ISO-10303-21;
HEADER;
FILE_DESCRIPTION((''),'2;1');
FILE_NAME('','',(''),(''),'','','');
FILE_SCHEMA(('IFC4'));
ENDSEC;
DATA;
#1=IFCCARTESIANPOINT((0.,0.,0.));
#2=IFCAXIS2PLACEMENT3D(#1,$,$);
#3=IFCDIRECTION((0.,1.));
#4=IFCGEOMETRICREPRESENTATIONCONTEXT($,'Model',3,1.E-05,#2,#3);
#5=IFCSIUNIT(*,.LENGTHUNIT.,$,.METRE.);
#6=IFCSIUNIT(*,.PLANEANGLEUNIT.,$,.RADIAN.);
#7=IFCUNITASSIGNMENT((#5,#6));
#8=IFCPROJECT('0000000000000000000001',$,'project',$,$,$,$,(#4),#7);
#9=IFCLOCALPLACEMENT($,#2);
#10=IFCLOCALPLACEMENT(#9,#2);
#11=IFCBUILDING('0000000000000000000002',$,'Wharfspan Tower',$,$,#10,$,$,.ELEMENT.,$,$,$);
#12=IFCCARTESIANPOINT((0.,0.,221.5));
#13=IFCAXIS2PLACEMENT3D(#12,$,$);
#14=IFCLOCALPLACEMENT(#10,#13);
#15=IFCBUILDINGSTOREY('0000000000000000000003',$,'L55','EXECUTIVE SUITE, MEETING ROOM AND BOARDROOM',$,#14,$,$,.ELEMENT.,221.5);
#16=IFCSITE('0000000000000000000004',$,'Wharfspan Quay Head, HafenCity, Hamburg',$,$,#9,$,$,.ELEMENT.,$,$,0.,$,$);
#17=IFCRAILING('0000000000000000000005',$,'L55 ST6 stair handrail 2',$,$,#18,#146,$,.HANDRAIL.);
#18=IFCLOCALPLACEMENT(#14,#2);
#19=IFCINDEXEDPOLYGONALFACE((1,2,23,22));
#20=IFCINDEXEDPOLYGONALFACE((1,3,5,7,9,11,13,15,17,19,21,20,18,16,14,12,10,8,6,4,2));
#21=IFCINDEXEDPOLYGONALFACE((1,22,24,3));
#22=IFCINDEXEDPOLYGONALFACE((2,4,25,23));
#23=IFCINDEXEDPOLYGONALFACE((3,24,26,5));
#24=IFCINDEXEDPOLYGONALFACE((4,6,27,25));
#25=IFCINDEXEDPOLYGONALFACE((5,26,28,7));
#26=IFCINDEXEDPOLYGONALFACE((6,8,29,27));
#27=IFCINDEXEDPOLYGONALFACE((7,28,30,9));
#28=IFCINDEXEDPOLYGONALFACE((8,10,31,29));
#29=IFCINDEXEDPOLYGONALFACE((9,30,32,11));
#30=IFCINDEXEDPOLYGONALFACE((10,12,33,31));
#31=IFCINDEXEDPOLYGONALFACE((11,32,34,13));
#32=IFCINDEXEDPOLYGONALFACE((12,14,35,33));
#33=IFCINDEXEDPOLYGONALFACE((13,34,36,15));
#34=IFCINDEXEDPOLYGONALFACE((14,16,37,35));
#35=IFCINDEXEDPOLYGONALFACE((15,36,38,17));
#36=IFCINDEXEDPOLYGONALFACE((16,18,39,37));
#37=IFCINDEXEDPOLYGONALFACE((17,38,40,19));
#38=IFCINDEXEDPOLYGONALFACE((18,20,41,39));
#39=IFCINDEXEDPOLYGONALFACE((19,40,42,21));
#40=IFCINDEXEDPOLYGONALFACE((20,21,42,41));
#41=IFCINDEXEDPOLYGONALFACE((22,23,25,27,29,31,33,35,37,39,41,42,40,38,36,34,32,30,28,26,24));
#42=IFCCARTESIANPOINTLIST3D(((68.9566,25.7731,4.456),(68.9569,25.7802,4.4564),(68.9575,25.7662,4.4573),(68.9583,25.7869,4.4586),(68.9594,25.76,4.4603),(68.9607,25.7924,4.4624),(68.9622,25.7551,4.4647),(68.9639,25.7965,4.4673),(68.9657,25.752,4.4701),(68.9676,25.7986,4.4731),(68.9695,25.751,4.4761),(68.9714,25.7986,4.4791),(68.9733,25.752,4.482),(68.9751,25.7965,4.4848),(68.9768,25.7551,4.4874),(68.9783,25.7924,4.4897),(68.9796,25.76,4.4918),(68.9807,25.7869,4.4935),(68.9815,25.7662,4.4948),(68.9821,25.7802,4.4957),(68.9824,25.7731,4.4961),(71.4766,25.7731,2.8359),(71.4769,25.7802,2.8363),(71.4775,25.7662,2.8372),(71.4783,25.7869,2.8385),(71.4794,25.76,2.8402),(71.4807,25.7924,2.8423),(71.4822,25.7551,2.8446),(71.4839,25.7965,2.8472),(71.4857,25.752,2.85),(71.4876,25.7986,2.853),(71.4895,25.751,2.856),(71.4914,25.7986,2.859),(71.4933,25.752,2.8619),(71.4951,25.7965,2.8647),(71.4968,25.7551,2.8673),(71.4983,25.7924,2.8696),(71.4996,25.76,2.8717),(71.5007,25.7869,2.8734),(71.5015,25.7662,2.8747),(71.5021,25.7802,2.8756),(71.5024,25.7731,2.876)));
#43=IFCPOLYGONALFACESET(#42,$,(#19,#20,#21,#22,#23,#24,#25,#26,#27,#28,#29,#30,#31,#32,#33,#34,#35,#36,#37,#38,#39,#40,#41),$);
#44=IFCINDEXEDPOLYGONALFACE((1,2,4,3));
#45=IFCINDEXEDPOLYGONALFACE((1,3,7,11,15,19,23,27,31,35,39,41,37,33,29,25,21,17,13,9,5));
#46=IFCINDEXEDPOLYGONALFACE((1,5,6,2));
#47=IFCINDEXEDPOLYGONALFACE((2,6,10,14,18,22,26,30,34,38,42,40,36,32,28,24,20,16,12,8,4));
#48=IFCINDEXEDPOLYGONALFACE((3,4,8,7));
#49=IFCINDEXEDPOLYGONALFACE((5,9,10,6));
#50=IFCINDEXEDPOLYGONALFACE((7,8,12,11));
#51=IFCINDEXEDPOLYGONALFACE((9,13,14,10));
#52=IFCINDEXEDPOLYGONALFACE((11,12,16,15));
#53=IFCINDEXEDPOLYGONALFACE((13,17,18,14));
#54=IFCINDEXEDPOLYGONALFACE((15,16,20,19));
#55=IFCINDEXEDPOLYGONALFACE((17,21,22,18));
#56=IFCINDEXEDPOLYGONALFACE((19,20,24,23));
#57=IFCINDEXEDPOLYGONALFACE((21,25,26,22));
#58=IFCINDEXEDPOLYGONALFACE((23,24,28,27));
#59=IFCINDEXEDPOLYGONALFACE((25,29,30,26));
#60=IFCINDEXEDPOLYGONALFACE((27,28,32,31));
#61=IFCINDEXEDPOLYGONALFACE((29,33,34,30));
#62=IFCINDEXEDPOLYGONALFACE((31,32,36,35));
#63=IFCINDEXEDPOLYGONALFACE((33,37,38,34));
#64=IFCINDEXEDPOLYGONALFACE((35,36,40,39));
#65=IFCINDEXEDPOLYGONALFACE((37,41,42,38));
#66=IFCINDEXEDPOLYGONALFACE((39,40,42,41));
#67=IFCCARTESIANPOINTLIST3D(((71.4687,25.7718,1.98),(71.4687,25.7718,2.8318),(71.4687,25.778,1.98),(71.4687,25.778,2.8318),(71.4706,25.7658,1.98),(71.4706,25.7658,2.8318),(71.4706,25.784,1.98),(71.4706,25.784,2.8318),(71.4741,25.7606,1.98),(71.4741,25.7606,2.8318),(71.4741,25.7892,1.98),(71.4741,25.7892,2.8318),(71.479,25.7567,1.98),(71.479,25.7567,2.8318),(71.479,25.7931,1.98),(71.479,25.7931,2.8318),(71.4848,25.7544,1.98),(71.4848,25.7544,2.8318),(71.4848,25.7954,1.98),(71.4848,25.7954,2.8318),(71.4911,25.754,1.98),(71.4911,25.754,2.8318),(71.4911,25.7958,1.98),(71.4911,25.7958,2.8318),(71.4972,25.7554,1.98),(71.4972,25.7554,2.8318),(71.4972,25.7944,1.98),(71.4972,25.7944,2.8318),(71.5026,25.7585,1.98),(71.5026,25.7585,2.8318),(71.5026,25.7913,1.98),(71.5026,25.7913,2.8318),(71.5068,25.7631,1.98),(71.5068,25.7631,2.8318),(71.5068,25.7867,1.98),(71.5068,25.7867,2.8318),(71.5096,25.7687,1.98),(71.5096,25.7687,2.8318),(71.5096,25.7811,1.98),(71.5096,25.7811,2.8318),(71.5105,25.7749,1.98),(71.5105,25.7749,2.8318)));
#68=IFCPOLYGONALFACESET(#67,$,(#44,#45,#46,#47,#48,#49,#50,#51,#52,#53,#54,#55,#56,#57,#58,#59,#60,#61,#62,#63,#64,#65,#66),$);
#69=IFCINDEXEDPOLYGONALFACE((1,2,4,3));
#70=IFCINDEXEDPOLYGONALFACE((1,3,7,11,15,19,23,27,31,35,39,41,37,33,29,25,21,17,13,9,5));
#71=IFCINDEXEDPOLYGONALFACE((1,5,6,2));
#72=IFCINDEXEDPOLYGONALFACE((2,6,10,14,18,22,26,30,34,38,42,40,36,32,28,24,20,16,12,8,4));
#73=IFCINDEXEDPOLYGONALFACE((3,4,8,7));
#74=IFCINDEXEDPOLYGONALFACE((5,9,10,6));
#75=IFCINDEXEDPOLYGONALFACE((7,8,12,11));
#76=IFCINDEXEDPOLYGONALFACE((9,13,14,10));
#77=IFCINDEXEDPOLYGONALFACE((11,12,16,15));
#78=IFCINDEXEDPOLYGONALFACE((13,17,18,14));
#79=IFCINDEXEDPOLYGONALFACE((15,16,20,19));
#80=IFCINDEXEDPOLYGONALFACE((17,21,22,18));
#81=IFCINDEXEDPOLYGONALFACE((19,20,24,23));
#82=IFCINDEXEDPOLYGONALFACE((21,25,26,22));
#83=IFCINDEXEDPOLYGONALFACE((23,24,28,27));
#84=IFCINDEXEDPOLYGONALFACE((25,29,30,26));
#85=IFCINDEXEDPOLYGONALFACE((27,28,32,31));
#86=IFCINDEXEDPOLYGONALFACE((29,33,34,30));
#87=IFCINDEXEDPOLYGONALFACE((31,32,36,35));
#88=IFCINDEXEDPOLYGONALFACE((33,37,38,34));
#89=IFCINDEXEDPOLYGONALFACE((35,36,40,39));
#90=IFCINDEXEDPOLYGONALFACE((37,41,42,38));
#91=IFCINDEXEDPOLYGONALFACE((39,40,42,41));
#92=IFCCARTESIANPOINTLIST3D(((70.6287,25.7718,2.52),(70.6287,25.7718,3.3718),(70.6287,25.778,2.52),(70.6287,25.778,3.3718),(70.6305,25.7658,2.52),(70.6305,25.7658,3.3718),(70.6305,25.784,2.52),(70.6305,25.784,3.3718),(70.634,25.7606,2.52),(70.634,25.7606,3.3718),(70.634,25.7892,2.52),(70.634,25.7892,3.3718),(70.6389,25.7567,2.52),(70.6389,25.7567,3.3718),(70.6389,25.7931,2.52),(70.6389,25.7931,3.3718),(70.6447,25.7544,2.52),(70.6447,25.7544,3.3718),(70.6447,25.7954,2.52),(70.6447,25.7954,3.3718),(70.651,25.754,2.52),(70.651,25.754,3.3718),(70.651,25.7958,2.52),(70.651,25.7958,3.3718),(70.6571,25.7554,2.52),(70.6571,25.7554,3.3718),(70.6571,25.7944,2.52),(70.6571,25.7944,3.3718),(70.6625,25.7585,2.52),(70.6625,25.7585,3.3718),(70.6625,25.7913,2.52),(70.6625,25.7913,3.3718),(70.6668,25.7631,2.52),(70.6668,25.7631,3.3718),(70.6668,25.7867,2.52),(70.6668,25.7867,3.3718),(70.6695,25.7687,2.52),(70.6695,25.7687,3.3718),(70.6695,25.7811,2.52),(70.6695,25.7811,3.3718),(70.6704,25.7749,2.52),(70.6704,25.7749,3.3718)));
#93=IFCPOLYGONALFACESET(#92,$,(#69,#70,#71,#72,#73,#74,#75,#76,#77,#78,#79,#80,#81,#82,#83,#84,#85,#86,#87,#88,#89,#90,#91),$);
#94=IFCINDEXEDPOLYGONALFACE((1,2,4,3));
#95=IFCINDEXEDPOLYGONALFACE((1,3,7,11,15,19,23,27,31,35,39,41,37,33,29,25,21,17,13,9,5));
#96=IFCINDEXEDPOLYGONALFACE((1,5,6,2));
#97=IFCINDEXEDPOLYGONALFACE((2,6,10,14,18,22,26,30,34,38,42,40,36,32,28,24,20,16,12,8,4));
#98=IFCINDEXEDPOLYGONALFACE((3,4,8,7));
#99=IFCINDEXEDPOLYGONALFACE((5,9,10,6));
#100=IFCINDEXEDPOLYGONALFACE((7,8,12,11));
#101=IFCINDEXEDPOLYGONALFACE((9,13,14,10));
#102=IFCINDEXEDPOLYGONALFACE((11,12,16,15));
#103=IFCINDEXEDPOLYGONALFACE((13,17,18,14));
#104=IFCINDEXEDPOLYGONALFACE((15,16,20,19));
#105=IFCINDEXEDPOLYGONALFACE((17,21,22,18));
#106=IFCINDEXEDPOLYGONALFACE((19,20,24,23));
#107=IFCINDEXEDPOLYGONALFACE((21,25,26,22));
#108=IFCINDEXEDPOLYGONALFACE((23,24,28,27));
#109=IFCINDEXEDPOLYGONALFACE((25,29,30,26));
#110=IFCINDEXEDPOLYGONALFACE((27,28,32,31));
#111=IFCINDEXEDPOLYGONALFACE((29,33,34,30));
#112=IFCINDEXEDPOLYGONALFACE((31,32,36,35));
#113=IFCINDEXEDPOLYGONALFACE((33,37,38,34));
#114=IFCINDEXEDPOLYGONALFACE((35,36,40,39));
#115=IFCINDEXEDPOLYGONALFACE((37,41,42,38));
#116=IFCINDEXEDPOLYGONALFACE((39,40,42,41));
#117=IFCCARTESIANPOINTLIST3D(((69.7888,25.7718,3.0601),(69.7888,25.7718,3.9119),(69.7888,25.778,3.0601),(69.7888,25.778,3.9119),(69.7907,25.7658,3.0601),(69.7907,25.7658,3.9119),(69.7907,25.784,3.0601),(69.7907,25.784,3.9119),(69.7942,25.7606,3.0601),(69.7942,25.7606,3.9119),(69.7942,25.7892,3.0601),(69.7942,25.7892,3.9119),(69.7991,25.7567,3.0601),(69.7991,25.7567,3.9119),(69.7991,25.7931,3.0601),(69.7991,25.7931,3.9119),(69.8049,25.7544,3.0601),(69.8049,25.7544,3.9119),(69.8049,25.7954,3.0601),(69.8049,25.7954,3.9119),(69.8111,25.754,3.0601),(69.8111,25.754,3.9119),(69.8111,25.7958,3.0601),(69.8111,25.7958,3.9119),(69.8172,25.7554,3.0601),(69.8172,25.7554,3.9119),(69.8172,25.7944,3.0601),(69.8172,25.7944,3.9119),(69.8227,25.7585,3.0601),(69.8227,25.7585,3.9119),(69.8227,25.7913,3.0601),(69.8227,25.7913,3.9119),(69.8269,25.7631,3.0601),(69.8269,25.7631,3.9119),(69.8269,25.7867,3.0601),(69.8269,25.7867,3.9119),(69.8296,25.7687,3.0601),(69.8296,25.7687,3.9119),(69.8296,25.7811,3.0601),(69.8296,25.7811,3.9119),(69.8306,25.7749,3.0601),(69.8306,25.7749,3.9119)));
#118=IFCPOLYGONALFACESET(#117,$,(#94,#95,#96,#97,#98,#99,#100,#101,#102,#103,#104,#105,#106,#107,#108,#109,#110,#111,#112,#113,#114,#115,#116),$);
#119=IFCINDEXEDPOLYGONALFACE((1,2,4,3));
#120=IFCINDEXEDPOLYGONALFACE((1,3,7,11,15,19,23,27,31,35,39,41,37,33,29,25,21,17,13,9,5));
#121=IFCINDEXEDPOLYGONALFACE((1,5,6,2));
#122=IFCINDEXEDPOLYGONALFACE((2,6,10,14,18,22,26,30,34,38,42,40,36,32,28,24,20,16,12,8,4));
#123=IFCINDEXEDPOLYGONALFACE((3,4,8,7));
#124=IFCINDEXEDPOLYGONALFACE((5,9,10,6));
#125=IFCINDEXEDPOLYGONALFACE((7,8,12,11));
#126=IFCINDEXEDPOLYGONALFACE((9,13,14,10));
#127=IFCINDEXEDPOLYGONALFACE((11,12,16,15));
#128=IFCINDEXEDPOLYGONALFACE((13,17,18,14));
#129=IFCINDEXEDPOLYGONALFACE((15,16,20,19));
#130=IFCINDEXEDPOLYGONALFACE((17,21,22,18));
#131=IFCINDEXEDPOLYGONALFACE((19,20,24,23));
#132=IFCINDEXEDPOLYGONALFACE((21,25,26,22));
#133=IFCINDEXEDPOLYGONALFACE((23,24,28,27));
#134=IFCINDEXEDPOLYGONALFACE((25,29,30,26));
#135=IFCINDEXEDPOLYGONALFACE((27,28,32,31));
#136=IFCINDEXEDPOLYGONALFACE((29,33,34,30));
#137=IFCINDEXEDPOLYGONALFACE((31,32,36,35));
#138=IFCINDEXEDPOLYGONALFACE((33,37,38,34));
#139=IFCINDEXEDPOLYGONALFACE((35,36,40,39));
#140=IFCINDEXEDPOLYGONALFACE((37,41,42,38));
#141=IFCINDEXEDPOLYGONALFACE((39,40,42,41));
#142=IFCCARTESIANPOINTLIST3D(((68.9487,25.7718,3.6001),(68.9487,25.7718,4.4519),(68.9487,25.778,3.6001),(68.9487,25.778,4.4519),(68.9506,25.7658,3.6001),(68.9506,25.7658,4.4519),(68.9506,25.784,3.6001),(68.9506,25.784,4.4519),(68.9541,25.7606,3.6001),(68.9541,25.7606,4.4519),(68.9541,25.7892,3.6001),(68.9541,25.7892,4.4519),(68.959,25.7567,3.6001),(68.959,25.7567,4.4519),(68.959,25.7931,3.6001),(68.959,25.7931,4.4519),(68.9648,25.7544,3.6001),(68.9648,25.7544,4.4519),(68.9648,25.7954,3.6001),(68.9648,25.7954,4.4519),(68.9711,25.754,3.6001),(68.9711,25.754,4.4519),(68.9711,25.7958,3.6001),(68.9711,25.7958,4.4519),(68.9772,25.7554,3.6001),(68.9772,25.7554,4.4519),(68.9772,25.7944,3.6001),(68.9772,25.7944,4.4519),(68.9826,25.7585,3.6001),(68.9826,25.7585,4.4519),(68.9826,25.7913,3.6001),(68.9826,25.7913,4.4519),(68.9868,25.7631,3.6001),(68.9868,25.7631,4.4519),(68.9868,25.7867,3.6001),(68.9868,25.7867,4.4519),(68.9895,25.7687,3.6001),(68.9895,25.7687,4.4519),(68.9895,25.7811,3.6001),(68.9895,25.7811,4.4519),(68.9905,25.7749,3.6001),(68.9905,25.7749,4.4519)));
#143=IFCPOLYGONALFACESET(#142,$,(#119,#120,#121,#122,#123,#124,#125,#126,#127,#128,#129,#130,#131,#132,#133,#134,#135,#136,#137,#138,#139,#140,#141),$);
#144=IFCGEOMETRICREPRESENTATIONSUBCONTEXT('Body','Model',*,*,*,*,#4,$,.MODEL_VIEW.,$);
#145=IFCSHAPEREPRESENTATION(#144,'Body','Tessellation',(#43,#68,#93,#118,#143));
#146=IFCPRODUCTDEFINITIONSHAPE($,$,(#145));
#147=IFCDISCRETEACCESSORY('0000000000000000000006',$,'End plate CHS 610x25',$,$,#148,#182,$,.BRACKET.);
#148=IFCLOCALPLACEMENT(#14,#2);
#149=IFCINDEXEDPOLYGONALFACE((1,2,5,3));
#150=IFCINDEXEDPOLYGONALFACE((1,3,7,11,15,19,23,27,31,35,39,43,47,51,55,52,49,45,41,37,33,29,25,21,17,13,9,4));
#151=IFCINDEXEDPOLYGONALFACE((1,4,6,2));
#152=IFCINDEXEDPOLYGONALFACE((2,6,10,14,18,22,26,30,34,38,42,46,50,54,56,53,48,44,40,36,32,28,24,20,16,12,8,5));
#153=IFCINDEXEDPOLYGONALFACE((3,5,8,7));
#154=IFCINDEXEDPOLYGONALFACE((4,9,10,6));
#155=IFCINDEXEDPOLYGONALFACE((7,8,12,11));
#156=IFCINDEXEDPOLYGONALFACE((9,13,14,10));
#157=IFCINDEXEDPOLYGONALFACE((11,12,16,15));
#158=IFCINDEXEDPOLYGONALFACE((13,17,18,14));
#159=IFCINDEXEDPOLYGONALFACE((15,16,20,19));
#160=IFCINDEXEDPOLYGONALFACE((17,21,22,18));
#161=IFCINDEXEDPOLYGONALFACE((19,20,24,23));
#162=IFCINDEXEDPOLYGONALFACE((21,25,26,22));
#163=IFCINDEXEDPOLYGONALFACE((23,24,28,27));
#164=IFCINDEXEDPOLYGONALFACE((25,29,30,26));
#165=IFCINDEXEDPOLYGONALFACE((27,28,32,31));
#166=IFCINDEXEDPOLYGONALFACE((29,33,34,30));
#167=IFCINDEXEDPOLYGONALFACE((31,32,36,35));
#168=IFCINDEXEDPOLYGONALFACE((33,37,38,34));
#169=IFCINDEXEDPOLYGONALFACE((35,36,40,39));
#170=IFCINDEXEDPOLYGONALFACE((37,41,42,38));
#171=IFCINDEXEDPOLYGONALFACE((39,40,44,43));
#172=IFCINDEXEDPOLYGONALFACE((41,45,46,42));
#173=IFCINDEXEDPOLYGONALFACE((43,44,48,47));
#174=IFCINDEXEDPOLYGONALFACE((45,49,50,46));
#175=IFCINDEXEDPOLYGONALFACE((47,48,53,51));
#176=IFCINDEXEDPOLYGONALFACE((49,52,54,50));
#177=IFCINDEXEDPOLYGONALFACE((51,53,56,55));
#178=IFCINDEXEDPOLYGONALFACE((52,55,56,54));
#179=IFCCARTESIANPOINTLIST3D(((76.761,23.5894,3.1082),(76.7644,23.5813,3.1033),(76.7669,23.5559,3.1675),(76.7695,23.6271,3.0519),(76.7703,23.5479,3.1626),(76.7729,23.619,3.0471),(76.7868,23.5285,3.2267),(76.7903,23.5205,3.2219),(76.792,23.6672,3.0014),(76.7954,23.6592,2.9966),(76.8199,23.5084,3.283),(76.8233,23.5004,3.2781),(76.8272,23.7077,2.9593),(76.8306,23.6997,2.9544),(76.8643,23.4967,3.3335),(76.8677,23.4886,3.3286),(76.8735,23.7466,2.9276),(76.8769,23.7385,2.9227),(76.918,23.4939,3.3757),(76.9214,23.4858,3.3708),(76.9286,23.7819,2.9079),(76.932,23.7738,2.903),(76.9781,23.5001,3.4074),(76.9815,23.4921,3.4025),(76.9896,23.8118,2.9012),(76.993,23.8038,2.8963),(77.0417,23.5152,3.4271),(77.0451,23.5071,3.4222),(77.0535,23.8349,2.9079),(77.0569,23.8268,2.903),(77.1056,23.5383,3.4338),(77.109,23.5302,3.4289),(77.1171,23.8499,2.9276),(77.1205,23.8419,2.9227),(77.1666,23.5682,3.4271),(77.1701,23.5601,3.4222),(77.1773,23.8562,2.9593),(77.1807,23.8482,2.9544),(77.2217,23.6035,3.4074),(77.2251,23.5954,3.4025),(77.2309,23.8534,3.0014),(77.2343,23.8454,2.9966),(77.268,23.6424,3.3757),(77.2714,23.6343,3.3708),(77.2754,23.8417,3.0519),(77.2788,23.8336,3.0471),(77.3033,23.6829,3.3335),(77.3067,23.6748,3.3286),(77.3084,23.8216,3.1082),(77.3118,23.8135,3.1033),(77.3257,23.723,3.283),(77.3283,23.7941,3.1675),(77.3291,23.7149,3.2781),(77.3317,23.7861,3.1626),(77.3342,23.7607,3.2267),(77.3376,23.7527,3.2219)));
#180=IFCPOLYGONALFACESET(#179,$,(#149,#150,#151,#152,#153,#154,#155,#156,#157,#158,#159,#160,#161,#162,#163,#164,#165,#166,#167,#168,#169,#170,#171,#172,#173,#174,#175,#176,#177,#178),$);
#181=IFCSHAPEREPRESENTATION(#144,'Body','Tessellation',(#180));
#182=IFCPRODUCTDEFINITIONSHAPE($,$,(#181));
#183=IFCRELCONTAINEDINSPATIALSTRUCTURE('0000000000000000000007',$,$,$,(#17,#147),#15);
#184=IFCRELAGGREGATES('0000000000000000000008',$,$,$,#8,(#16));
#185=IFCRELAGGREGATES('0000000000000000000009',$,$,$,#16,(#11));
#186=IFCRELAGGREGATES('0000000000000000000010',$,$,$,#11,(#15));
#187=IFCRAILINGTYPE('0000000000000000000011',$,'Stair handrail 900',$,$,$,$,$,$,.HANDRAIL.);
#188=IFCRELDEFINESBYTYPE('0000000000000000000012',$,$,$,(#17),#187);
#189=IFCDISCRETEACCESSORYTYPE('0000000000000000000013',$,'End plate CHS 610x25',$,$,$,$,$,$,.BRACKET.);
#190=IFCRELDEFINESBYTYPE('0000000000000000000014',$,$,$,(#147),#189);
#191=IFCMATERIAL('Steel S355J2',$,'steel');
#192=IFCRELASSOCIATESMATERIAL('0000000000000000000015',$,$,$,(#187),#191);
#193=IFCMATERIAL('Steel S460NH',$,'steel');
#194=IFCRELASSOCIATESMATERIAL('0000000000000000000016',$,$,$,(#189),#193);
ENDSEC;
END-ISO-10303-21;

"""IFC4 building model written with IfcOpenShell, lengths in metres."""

from ifc_helpers import new_model, si_unit, direction, frame, origin, origin_2d, place, context, subcontext, project, spatial, circle, extrude, material, material_profile, profile_set, type_object, element, save


model = new_model("IFC4")

# Units and contexts
model_context = context("Model", 3, precision=1e-05, world=origin(), true_north=direction((0.0, 1.0)))
body_context = subcontext(model_context, "Body", "Model", "MODEL_VIEW")
ifc_project = project(units=[si_unit("LENGTHUNIT", "METRE"), si_unit("PLANEANGLEUNIT", "RADIAN")], contexts=[model_context])

# Site, building, storey
site_placement = place(None, origin())
site = spatial("IfcSite", under=ifc_project, at=site_placement, Name="Wharfspan Quay Head, HafenCity, Hamburg", CompositionType="ELEMENT", RefElevation=0.0)
building_placement = place(site_placement, origin())
building = spatial("IfcBuilding", under=site, at=building_placement, Name="Wharfspan Tower", CompositionType="ELEMENT")
storey_placement = place(building_placement, frame((0.0, 0.0, 221.5)))
storey = spatial("IfcBuildingStorey", under=building, at=storey_placement, Name="L55", Description="EXECUTIVE SUITE, MEETING ROOM AND BOARDROOM", CompositionType="ELEMENT", Elevation=221.5)

# Shared definitions
ifc_material_1 = material(Name="Steel S460NH", Category="steel")

# Railing
ifc_material_2 = material(Name="Steel S355J2", Category="steel")
railing_type_1 = type_object("IfcRailingType", Name="Stair handrail 900", PredefinedType="HANDRAIL", material=ifc_material_2)
railing_1_placement = place(storey_placement, frame((71.4895, 25.7749, 1.98)))
element("IfcRailing", 1, at=railing_1_placement, inside=storey, type_object=railing_type_1, Name="L55 ST6 stair handrail 2", PredefinedType="HANDRAIL", context=body_context, shape_type="SweptSolid", body=[
    extrude(circle(Radius=0.0239, at=origin_2d()), frame((0.0, 0.0, 0.876), z_axis=(-0.841163, 0.0, 0.540782), x_axis=(0.0, -1.0, 0.0)), (0.0, 0.0, 1.0), 2.9958),
    extrude(circle(Radius=0.021, at=origin_2d()), origin(), (0.0, 0.0, 1.0), 0.8518),
    extrude(circle(Radius=0.021, at=origin_2d()), frame((-0.8401, 0.0, 0.54)), (0.0, 0.0, 1.0), 0.8518),
    extrude(circle(Radius=0.021, at=origin_2d()), frame((-1.6799, 0.0, 1.0801)), (0.0, 0.0, 1.0), 0.8518),
    extrude(circle(Radius=0.021, at=origin_2d()), frame((-2.52, 0.0, 1.6201)), (0.0, 0.0, 1.0), 0.8518),
])

# Discrete accessory
ifc_material_profile_1 = material_profile(ifc_material_1, circle(Radius=0.3049, at=origin_2d()))
ifc_profile_set_1 = profile_set([ifc_material_profile_1], Name="Steel S460NH")
discrete_accessory_type = type_object("IfcDiscreteAccessoryType", Name="End plate CHS 610x25", PredefinedType="BRACKET", material=ifc_profile_set_1)
discrete_accessory_1_placement = place(storey_placement, frame((77.051, 23.667, 3.1626), z_axis=(-0.341058, 0.803922, 0.487226), x_axis=(-0.920584, -0.390551, 0.0)))
element("IfcDiscreteAccessory", 2, at=discrete_accessory_1_placement, inside=storey, type_object=discrete_accessory_type, Name="End plate CHS 610x25", PredefinedType="BRACKET", context=body_context, shape_type="SweptSolid", body=[
    extrude(circle(Radius=0.3049, at=origin_2d()), origin(), (0.0, 0.0, 1.0), 0.01),
])

save(model, "model.ifc")
